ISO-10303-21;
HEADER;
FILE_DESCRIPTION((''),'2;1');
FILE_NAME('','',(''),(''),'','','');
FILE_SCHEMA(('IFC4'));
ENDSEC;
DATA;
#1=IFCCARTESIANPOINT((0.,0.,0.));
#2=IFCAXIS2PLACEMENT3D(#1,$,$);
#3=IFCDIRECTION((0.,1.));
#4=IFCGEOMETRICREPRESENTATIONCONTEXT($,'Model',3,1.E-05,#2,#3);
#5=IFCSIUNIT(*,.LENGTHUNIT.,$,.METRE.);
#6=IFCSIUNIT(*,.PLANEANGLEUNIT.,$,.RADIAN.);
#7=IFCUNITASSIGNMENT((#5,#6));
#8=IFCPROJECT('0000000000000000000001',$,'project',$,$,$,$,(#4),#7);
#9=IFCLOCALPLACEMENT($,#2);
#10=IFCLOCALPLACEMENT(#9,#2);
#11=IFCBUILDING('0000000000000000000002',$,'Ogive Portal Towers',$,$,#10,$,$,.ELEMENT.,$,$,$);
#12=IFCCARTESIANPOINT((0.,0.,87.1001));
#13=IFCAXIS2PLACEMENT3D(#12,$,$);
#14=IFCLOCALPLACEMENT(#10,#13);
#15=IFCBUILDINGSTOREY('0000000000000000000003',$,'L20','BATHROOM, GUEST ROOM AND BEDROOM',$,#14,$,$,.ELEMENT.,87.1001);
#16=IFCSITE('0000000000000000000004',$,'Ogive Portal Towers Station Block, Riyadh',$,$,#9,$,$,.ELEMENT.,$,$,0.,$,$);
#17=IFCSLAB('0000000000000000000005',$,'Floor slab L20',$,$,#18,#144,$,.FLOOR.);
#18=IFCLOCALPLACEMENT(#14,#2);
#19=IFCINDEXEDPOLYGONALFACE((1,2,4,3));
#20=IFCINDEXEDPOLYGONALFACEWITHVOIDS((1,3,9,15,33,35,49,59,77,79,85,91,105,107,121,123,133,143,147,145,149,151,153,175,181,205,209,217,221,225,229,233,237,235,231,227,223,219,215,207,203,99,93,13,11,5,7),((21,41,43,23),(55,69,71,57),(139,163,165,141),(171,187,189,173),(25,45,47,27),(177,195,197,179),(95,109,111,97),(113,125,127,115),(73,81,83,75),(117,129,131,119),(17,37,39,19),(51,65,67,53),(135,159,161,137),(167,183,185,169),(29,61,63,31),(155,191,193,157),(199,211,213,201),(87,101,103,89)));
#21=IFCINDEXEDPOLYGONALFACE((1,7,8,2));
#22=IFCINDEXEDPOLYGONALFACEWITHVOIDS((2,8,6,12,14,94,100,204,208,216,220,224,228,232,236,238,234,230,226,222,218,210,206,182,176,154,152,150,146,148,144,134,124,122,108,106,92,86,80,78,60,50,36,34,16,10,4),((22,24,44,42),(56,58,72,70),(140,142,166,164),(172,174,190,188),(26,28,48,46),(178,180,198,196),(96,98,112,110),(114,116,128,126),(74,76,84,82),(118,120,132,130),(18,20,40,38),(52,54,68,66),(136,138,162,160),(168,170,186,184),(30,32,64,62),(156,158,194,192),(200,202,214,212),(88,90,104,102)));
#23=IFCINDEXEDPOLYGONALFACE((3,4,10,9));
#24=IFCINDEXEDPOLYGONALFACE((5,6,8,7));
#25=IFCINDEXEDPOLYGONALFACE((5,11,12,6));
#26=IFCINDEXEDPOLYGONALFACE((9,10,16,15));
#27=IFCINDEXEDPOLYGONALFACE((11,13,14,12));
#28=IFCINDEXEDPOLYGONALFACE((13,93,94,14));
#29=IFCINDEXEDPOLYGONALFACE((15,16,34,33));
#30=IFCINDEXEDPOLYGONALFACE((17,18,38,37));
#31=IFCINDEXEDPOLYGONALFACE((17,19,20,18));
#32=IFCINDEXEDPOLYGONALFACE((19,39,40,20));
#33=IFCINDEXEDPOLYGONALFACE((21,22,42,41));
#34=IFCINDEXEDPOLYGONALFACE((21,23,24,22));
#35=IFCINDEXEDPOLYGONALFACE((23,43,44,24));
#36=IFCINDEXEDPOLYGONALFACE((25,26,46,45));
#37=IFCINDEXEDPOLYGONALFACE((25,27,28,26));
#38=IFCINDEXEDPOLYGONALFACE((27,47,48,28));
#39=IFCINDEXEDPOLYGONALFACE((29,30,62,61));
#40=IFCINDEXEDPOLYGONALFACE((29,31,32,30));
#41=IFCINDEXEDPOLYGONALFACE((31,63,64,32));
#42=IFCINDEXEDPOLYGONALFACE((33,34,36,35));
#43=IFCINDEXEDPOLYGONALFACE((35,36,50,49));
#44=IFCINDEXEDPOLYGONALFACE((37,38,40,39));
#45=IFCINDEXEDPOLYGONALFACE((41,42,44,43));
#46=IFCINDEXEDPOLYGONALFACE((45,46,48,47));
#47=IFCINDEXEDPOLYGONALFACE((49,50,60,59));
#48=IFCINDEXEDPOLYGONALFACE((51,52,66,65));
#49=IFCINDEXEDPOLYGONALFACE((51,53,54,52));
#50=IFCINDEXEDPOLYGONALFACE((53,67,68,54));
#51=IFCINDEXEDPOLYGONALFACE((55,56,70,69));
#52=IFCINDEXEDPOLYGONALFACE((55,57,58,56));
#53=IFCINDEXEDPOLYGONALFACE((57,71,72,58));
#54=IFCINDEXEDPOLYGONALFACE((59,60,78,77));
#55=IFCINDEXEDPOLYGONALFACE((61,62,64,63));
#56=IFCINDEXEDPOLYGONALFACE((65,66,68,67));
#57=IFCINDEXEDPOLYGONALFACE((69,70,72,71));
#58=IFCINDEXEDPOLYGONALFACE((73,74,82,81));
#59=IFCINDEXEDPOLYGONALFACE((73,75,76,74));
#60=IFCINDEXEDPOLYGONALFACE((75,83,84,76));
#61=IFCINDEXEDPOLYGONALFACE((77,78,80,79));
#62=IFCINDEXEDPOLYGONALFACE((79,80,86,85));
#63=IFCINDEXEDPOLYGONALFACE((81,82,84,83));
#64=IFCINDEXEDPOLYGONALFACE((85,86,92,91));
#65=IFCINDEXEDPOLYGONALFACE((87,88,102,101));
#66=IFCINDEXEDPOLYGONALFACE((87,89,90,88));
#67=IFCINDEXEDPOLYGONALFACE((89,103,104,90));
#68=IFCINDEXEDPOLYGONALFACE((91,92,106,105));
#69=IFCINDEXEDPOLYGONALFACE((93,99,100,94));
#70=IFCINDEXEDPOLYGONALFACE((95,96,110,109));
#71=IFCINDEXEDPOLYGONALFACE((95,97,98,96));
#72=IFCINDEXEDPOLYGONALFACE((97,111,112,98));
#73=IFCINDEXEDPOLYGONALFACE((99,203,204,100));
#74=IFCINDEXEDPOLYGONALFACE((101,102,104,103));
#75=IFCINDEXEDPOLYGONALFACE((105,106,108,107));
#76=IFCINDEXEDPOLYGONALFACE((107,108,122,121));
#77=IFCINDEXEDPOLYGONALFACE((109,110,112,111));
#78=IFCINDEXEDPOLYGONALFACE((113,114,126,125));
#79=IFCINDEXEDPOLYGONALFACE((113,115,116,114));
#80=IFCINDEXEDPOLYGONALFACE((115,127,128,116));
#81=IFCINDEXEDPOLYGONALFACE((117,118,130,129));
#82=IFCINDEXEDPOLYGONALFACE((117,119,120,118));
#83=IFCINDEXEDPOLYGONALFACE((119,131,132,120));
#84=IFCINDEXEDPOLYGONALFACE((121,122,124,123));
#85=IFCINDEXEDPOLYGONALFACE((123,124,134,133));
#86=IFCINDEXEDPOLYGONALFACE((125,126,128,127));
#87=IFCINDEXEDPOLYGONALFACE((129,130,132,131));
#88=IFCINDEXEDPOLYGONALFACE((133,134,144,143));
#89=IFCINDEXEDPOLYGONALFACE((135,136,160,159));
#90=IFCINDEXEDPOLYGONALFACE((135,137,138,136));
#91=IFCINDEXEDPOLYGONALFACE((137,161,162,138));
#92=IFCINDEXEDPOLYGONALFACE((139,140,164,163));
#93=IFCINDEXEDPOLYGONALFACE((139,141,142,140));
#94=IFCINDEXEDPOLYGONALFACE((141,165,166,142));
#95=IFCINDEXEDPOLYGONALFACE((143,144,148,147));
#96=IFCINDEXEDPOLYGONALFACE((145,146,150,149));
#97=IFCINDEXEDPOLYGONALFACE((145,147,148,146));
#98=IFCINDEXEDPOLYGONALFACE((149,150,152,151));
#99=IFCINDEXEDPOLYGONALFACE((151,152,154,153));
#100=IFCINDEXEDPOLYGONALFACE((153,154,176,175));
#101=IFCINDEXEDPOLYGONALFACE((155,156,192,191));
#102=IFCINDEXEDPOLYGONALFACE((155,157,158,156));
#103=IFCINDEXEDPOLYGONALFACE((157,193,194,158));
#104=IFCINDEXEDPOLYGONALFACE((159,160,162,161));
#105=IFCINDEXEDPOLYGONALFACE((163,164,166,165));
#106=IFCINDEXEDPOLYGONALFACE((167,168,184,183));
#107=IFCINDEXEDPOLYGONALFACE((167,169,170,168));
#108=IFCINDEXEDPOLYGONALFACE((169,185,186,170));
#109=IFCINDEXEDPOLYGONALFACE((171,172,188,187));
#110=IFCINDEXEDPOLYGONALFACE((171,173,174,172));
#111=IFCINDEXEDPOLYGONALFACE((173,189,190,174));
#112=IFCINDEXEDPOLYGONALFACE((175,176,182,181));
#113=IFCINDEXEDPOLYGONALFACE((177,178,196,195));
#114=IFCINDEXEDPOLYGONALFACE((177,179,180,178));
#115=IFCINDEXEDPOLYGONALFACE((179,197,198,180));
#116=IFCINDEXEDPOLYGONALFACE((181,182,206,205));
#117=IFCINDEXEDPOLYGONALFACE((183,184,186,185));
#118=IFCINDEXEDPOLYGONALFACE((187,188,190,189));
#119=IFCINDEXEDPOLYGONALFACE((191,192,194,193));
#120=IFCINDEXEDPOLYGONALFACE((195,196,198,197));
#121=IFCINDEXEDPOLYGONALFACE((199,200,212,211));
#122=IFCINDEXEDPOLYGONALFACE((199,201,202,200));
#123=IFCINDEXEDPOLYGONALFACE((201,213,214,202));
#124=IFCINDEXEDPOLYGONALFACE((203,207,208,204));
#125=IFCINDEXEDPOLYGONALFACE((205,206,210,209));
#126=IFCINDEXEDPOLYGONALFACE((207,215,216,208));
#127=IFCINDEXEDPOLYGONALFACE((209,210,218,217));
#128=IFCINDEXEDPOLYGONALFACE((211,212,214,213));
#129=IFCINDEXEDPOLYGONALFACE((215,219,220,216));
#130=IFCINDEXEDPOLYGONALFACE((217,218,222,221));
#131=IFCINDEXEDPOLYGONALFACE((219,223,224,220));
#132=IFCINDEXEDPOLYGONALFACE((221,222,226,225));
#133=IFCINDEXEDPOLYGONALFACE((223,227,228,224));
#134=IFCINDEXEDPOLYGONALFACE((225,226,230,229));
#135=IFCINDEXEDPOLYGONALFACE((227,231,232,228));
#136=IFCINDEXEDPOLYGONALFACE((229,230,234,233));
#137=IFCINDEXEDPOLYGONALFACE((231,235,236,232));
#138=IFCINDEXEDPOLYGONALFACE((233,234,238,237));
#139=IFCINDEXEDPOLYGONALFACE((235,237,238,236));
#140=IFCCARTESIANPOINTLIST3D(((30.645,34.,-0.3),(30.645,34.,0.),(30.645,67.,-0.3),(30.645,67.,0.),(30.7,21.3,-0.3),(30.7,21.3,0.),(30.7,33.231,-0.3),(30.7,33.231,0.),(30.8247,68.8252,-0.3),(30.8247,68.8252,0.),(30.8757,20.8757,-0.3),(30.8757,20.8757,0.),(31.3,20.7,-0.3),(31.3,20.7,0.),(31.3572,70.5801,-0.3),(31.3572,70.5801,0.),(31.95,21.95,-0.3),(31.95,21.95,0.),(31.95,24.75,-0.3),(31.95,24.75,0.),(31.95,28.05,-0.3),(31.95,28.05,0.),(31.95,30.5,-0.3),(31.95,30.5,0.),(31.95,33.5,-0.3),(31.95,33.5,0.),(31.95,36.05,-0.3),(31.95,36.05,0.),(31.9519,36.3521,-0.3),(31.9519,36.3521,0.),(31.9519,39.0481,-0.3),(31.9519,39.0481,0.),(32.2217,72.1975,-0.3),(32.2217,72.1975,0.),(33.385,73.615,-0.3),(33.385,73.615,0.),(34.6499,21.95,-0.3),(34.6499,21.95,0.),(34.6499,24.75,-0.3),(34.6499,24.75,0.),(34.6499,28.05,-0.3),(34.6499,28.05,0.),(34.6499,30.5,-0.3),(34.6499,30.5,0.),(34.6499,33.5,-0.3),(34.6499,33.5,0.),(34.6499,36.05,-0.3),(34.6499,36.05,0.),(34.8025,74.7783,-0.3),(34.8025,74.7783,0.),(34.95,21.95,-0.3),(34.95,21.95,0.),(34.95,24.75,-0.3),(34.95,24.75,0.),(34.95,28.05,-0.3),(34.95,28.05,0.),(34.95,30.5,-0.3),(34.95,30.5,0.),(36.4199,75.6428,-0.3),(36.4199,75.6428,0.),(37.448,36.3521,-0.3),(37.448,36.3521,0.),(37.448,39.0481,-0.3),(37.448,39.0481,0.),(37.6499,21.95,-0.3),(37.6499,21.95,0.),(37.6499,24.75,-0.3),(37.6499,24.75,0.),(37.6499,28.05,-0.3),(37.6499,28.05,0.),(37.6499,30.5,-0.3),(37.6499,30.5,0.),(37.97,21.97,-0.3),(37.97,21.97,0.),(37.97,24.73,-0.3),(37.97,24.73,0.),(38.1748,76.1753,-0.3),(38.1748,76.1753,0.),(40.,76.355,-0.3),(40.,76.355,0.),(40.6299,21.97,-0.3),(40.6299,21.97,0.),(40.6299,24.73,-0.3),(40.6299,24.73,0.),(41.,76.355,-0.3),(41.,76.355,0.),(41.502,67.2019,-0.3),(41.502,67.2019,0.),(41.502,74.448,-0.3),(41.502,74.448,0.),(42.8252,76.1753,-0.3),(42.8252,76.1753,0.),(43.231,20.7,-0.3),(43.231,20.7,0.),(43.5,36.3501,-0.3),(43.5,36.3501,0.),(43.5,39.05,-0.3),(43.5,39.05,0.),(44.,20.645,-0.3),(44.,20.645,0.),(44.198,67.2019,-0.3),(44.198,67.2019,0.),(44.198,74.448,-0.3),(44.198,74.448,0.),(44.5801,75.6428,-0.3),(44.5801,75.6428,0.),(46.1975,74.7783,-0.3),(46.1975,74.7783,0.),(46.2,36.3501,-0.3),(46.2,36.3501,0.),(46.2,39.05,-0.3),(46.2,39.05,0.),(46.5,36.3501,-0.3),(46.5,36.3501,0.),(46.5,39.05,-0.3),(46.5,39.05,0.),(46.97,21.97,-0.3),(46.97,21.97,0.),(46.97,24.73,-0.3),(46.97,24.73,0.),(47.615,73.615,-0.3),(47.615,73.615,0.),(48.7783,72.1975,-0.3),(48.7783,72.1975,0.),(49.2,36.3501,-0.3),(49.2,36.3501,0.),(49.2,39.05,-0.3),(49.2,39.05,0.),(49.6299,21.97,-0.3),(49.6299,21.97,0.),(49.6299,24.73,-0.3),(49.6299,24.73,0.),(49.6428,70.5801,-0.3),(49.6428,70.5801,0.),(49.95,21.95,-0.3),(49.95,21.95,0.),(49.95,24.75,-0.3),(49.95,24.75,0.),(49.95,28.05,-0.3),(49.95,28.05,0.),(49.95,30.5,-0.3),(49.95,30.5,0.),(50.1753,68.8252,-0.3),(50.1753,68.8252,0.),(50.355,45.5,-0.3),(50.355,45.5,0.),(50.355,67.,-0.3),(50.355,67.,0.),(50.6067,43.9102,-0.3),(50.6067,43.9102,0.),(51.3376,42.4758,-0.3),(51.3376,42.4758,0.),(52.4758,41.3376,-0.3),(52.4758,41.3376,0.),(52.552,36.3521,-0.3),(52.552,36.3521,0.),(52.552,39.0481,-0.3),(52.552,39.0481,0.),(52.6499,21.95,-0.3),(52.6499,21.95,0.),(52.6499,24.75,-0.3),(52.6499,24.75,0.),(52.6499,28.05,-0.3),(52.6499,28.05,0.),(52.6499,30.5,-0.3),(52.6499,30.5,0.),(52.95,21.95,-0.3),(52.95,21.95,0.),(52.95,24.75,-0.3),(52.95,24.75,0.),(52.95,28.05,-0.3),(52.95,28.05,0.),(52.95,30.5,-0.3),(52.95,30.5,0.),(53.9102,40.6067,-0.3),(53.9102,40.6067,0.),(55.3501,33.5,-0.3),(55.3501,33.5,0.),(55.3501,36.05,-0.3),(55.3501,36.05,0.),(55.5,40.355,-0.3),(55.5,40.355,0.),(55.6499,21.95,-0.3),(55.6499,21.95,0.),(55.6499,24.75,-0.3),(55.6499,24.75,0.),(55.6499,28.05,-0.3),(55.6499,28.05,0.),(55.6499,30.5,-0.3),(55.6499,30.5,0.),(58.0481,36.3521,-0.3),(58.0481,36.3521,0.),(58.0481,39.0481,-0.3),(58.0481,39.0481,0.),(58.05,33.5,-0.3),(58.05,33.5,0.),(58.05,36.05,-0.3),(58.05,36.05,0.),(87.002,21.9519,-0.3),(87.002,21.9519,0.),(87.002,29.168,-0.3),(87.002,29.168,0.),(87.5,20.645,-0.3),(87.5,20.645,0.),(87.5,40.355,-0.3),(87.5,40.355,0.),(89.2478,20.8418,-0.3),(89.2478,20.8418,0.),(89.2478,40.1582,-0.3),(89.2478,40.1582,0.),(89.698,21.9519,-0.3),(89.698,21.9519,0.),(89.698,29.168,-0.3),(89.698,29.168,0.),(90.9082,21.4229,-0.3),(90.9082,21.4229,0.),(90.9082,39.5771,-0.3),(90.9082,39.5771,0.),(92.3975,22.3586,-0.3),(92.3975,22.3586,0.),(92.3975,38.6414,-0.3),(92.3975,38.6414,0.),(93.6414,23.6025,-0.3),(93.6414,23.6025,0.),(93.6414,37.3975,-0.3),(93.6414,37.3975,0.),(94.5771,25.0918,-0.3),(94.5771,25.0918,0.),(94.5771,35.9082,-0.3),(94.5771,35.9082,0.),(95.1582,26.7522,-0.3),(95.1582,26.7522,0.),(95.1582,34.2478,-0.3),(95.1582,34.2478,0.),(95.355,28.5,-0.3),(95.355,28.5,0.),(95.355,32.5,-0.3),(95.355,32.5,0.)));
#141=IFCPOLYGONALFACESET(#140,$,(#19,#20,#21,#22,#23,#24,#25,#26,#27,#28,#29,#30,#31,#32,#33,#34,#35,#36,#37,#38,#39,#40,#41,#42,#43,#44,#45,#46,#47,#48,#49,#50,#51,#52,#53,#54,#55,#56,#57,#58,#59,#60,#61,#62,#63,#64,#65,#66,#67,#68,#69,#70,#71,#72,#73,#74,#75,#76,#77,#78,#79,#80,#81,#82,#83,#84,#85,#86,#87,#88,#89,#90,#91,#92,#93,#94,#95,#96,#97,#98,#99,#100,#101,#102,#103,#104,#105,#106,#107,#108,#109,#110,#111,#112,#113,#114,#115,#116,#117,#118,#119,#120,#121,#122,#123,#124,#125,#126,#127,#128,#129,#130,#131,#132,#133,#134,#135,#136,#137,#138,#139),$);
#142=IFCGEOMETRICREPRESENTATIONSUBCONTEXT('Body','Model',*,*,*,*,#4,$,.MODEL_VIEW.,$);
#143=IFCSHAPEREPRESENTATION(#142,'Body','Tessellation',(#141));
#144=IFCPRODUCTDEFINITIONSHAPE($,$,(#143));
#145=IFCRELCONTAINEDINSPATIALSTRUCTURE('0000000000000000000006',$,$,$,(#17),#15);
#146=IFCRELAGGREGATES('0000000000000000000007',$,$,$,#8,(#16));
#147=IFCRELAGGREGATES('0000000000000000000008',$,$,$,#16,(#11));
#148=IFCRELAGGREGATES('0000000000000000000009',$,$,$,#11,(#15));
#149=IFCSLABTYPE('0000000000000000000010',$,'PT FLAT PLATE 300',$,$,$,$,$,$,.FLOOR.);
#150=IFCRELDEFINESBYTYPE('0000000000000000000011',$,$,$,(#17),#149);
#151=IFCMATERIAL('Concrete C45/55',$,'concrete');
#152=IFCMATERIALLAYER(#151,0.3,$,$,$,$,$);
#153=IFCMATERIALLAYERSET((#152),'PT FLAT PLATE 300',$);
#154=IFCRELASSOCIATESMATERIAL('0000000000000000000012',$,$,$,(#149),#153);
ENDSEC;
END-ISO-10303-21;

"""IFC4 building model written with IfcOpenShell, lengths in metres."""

from ifc_helpers import new_model, si_unit, direction, frame, origin, place, context, subcontext, project, spatial, polyline, outline, extrude, material, layer, layer_set, type_object, element, save


model = new_model("IFC4")

# Units and contexts
model_context = context("Model", 3, precision=1e-05, world=origin(), true_north=direction((0.0, 1.0)))
body_context = subcontext(model_context, "Body", "Model", "MODEL_VIEW")
ifc_project = project(units=[si_unit("LENGTHUNIT", "METRE"), si_unit("PLANEANGLEUNIT", "RADIAN")], contexts=[model_context])

# Site, building, storey
site_placement = place(None, origin())
site = spatial("IfcSite", under=ifc_project, at=site_placement, Name="Ogive Portal Towers Station Block, Riyadh", CompositionType="ELEMENT", RefElevation=0.0)
building_placement = place(site_placement, origin())
building = spatial("IfcBuilding", under=site, at=building_placement, Name="Ogive Portal Towers", CompositionType="ELEMENT")
storey_placement = place(building_placement, frame((0.0, 0.0, 87.1001)))
storey = spatial("IfcBuildingStorey", under=building, at=storey_placement, Name="L20", Description="BATHROOM, GUEST ROOM AND BEDROOM", CompositionType="ELEMENT", Elevation=87.1001)

# Slab
ifc_material_1 = material(Name="Concrete C45/55", Category="concrete")
ifc_layer_1 = layer(ifc_material_1, 0.3)
ifc_layer_set_1 = layer_set([ifc_layer_1], Name="PT FLAT PLATE 300")
slab_type = type_object("IfcSlabType", Name="PT FLAT PLATE 300", PredefinedType="FLOOR", material=ifc_layer_set_1)
slab_1_placement = place(storey_placement, frame((0.0, 0.0, -0.3)))
element("IfcSlab", 1, at=slab_1_placement, inside=storey, type_object=slab_type, Name="Floor slab L20", PredefinedType="FLOOR", context=body_context, shape_type="SweptSolid", body=[
    extrude(outline(polyline([(30.645, 67.0), (30.645, 34.0), (30.7, 33.231), (30.7, 21.3), (30.8757, 20.8757), (31.3, 20.7), (43.231, 20.7), (44.0, 20.645), (87.5, 20.645), (89.2478, 20.8418), (90.9082, 21.4229), (92.3975, 22.3586), (93.6414, 23.6025), (94.5771, 25.0918), (95.1582, 26.7522), (95.355, 28.5), (95.355, 32.5), (95.1582, 34.2478), (94.5771, 35.9082), (93.6414, 37.3975), (92.3975, 38.6414), (90.9082, 39.5771), (89.2478, 40.1582), (87.5, 40.355), (55.5, 40.355), (53.9102, 40.6067), (52.4758, 41.3376), (51.3376, 42.4758), (50.6067, 43.9102), (50.355, 45.5), (50.355, 67.0), (50.1753, 68.8252), (49.6428, 70.5801), (48.7783, 72.1975), (47.615, 73.615), (46.1975, 74.7783), (44.5801, 75.6428), (42.8252, 76.1753), (41.0, 76.355), (40.0, 76.355), (38.1748, 76.1753), (36.4199, 75.6428), (34.8025, 74.7783), (33.385, 73.615), (32.2217, 72.1975), (31.3572, 70.5801), (30.8247, 68.8252), (30.645, 67.0)]), holes=[polyline([(34.6499, 24.75), (34.6499, 21.95), (31.95, 21.95), (31.95, 24.75), (34.6499, 24.75)]), polyline([(37.6499, 24.75), (37.6499, 21.95), (34.95, 21.95), (34.95, 24.75), (37.6499, 24.75)]), polyline([(40.6299, 21.97), (37.97, 21.97), (37.97, 24.73), (40.6299, 24.73), (40.6299, 21.97)]), polyline([(34.6499, 28.05), (31.95, 28.05), (31.95, 30.5), (34.6499, 30.5), (34.6499, 28.05)]), polyline([(37.6499, 28.05), (34.95, 28.05), (34.95, 30.5), (37.6499, 30.5), (37.6499, 28.05)]), polyline([(34.6499, 36.05), (34.6499, 33.5), (31.95, 33.5), (31.95, 36.05), (34.6499, 36.05)]), polyline([(31.9519, 39.0481), (37.448, 39.0481), (37.448, 36.3521), (31.9519, 36.3521), (31.9519, 39.0481)]), polyline([(46.2, 39.05), (46.2, 36.3501), (43.5, 36.3501), (43.5, 39.05), (46.2, 39.05)]), polyline([(49.2, 36.3501), (46.5, 36.3501), (46.5, 39.05), (49.2, 39.05), (49.2, 36.3501)]), polyline([(44.198, 67.2019), (41.502, 67.2019), (41.502, 74.448), (44.198, 74.448), (44.198, 67.2019)]), polyline([(49.6299, 21.97), (46.97, 21.97), (46.97, 24.73), (49.6299, 24.73), (49.6299, 21.97)]), polyline([(52.6499, 24.75), (52.6499, 21.95), (49.95, 21.95), (49.95, 24.75), (52.6499, 24.75)]), polyline([(55.6499, 21.95), (52.95, 21.95), (52.95, 24.75), (55.6499, 24.75), (55.6499, 21.95)]), polyline([(87.002, 29.168), (89.698, 29.168), (89.698, 21.9519), (87.002, 21.9519), (87.002, 29.168)]), polyline([(52.6499, 30.5), (52.6499, 28.05), (49.95, 28.05), (49.95, 30.5), (52.6499, 30.5)]), polyline([(55.6499, 30.5), (55.6499, 28.05), (52.95, 28.05), (52.95, 30.5), (55.6499, 30.5)]), polyline([(58.05, 33.5), (55.3501, 33.5), (55.3501, 36.05), (58.05, 36.05), (58.05, 33.5)]), polyline([(52.552, 36.3521), (52.552, 39.0481), (58.0481, 39.0481), (58.0481, 36.3521), (52.552, 36.3521)])]), origin(), (0.0, 0.0, 1.0), 0.3),
])

save(model, "model.ifc")
